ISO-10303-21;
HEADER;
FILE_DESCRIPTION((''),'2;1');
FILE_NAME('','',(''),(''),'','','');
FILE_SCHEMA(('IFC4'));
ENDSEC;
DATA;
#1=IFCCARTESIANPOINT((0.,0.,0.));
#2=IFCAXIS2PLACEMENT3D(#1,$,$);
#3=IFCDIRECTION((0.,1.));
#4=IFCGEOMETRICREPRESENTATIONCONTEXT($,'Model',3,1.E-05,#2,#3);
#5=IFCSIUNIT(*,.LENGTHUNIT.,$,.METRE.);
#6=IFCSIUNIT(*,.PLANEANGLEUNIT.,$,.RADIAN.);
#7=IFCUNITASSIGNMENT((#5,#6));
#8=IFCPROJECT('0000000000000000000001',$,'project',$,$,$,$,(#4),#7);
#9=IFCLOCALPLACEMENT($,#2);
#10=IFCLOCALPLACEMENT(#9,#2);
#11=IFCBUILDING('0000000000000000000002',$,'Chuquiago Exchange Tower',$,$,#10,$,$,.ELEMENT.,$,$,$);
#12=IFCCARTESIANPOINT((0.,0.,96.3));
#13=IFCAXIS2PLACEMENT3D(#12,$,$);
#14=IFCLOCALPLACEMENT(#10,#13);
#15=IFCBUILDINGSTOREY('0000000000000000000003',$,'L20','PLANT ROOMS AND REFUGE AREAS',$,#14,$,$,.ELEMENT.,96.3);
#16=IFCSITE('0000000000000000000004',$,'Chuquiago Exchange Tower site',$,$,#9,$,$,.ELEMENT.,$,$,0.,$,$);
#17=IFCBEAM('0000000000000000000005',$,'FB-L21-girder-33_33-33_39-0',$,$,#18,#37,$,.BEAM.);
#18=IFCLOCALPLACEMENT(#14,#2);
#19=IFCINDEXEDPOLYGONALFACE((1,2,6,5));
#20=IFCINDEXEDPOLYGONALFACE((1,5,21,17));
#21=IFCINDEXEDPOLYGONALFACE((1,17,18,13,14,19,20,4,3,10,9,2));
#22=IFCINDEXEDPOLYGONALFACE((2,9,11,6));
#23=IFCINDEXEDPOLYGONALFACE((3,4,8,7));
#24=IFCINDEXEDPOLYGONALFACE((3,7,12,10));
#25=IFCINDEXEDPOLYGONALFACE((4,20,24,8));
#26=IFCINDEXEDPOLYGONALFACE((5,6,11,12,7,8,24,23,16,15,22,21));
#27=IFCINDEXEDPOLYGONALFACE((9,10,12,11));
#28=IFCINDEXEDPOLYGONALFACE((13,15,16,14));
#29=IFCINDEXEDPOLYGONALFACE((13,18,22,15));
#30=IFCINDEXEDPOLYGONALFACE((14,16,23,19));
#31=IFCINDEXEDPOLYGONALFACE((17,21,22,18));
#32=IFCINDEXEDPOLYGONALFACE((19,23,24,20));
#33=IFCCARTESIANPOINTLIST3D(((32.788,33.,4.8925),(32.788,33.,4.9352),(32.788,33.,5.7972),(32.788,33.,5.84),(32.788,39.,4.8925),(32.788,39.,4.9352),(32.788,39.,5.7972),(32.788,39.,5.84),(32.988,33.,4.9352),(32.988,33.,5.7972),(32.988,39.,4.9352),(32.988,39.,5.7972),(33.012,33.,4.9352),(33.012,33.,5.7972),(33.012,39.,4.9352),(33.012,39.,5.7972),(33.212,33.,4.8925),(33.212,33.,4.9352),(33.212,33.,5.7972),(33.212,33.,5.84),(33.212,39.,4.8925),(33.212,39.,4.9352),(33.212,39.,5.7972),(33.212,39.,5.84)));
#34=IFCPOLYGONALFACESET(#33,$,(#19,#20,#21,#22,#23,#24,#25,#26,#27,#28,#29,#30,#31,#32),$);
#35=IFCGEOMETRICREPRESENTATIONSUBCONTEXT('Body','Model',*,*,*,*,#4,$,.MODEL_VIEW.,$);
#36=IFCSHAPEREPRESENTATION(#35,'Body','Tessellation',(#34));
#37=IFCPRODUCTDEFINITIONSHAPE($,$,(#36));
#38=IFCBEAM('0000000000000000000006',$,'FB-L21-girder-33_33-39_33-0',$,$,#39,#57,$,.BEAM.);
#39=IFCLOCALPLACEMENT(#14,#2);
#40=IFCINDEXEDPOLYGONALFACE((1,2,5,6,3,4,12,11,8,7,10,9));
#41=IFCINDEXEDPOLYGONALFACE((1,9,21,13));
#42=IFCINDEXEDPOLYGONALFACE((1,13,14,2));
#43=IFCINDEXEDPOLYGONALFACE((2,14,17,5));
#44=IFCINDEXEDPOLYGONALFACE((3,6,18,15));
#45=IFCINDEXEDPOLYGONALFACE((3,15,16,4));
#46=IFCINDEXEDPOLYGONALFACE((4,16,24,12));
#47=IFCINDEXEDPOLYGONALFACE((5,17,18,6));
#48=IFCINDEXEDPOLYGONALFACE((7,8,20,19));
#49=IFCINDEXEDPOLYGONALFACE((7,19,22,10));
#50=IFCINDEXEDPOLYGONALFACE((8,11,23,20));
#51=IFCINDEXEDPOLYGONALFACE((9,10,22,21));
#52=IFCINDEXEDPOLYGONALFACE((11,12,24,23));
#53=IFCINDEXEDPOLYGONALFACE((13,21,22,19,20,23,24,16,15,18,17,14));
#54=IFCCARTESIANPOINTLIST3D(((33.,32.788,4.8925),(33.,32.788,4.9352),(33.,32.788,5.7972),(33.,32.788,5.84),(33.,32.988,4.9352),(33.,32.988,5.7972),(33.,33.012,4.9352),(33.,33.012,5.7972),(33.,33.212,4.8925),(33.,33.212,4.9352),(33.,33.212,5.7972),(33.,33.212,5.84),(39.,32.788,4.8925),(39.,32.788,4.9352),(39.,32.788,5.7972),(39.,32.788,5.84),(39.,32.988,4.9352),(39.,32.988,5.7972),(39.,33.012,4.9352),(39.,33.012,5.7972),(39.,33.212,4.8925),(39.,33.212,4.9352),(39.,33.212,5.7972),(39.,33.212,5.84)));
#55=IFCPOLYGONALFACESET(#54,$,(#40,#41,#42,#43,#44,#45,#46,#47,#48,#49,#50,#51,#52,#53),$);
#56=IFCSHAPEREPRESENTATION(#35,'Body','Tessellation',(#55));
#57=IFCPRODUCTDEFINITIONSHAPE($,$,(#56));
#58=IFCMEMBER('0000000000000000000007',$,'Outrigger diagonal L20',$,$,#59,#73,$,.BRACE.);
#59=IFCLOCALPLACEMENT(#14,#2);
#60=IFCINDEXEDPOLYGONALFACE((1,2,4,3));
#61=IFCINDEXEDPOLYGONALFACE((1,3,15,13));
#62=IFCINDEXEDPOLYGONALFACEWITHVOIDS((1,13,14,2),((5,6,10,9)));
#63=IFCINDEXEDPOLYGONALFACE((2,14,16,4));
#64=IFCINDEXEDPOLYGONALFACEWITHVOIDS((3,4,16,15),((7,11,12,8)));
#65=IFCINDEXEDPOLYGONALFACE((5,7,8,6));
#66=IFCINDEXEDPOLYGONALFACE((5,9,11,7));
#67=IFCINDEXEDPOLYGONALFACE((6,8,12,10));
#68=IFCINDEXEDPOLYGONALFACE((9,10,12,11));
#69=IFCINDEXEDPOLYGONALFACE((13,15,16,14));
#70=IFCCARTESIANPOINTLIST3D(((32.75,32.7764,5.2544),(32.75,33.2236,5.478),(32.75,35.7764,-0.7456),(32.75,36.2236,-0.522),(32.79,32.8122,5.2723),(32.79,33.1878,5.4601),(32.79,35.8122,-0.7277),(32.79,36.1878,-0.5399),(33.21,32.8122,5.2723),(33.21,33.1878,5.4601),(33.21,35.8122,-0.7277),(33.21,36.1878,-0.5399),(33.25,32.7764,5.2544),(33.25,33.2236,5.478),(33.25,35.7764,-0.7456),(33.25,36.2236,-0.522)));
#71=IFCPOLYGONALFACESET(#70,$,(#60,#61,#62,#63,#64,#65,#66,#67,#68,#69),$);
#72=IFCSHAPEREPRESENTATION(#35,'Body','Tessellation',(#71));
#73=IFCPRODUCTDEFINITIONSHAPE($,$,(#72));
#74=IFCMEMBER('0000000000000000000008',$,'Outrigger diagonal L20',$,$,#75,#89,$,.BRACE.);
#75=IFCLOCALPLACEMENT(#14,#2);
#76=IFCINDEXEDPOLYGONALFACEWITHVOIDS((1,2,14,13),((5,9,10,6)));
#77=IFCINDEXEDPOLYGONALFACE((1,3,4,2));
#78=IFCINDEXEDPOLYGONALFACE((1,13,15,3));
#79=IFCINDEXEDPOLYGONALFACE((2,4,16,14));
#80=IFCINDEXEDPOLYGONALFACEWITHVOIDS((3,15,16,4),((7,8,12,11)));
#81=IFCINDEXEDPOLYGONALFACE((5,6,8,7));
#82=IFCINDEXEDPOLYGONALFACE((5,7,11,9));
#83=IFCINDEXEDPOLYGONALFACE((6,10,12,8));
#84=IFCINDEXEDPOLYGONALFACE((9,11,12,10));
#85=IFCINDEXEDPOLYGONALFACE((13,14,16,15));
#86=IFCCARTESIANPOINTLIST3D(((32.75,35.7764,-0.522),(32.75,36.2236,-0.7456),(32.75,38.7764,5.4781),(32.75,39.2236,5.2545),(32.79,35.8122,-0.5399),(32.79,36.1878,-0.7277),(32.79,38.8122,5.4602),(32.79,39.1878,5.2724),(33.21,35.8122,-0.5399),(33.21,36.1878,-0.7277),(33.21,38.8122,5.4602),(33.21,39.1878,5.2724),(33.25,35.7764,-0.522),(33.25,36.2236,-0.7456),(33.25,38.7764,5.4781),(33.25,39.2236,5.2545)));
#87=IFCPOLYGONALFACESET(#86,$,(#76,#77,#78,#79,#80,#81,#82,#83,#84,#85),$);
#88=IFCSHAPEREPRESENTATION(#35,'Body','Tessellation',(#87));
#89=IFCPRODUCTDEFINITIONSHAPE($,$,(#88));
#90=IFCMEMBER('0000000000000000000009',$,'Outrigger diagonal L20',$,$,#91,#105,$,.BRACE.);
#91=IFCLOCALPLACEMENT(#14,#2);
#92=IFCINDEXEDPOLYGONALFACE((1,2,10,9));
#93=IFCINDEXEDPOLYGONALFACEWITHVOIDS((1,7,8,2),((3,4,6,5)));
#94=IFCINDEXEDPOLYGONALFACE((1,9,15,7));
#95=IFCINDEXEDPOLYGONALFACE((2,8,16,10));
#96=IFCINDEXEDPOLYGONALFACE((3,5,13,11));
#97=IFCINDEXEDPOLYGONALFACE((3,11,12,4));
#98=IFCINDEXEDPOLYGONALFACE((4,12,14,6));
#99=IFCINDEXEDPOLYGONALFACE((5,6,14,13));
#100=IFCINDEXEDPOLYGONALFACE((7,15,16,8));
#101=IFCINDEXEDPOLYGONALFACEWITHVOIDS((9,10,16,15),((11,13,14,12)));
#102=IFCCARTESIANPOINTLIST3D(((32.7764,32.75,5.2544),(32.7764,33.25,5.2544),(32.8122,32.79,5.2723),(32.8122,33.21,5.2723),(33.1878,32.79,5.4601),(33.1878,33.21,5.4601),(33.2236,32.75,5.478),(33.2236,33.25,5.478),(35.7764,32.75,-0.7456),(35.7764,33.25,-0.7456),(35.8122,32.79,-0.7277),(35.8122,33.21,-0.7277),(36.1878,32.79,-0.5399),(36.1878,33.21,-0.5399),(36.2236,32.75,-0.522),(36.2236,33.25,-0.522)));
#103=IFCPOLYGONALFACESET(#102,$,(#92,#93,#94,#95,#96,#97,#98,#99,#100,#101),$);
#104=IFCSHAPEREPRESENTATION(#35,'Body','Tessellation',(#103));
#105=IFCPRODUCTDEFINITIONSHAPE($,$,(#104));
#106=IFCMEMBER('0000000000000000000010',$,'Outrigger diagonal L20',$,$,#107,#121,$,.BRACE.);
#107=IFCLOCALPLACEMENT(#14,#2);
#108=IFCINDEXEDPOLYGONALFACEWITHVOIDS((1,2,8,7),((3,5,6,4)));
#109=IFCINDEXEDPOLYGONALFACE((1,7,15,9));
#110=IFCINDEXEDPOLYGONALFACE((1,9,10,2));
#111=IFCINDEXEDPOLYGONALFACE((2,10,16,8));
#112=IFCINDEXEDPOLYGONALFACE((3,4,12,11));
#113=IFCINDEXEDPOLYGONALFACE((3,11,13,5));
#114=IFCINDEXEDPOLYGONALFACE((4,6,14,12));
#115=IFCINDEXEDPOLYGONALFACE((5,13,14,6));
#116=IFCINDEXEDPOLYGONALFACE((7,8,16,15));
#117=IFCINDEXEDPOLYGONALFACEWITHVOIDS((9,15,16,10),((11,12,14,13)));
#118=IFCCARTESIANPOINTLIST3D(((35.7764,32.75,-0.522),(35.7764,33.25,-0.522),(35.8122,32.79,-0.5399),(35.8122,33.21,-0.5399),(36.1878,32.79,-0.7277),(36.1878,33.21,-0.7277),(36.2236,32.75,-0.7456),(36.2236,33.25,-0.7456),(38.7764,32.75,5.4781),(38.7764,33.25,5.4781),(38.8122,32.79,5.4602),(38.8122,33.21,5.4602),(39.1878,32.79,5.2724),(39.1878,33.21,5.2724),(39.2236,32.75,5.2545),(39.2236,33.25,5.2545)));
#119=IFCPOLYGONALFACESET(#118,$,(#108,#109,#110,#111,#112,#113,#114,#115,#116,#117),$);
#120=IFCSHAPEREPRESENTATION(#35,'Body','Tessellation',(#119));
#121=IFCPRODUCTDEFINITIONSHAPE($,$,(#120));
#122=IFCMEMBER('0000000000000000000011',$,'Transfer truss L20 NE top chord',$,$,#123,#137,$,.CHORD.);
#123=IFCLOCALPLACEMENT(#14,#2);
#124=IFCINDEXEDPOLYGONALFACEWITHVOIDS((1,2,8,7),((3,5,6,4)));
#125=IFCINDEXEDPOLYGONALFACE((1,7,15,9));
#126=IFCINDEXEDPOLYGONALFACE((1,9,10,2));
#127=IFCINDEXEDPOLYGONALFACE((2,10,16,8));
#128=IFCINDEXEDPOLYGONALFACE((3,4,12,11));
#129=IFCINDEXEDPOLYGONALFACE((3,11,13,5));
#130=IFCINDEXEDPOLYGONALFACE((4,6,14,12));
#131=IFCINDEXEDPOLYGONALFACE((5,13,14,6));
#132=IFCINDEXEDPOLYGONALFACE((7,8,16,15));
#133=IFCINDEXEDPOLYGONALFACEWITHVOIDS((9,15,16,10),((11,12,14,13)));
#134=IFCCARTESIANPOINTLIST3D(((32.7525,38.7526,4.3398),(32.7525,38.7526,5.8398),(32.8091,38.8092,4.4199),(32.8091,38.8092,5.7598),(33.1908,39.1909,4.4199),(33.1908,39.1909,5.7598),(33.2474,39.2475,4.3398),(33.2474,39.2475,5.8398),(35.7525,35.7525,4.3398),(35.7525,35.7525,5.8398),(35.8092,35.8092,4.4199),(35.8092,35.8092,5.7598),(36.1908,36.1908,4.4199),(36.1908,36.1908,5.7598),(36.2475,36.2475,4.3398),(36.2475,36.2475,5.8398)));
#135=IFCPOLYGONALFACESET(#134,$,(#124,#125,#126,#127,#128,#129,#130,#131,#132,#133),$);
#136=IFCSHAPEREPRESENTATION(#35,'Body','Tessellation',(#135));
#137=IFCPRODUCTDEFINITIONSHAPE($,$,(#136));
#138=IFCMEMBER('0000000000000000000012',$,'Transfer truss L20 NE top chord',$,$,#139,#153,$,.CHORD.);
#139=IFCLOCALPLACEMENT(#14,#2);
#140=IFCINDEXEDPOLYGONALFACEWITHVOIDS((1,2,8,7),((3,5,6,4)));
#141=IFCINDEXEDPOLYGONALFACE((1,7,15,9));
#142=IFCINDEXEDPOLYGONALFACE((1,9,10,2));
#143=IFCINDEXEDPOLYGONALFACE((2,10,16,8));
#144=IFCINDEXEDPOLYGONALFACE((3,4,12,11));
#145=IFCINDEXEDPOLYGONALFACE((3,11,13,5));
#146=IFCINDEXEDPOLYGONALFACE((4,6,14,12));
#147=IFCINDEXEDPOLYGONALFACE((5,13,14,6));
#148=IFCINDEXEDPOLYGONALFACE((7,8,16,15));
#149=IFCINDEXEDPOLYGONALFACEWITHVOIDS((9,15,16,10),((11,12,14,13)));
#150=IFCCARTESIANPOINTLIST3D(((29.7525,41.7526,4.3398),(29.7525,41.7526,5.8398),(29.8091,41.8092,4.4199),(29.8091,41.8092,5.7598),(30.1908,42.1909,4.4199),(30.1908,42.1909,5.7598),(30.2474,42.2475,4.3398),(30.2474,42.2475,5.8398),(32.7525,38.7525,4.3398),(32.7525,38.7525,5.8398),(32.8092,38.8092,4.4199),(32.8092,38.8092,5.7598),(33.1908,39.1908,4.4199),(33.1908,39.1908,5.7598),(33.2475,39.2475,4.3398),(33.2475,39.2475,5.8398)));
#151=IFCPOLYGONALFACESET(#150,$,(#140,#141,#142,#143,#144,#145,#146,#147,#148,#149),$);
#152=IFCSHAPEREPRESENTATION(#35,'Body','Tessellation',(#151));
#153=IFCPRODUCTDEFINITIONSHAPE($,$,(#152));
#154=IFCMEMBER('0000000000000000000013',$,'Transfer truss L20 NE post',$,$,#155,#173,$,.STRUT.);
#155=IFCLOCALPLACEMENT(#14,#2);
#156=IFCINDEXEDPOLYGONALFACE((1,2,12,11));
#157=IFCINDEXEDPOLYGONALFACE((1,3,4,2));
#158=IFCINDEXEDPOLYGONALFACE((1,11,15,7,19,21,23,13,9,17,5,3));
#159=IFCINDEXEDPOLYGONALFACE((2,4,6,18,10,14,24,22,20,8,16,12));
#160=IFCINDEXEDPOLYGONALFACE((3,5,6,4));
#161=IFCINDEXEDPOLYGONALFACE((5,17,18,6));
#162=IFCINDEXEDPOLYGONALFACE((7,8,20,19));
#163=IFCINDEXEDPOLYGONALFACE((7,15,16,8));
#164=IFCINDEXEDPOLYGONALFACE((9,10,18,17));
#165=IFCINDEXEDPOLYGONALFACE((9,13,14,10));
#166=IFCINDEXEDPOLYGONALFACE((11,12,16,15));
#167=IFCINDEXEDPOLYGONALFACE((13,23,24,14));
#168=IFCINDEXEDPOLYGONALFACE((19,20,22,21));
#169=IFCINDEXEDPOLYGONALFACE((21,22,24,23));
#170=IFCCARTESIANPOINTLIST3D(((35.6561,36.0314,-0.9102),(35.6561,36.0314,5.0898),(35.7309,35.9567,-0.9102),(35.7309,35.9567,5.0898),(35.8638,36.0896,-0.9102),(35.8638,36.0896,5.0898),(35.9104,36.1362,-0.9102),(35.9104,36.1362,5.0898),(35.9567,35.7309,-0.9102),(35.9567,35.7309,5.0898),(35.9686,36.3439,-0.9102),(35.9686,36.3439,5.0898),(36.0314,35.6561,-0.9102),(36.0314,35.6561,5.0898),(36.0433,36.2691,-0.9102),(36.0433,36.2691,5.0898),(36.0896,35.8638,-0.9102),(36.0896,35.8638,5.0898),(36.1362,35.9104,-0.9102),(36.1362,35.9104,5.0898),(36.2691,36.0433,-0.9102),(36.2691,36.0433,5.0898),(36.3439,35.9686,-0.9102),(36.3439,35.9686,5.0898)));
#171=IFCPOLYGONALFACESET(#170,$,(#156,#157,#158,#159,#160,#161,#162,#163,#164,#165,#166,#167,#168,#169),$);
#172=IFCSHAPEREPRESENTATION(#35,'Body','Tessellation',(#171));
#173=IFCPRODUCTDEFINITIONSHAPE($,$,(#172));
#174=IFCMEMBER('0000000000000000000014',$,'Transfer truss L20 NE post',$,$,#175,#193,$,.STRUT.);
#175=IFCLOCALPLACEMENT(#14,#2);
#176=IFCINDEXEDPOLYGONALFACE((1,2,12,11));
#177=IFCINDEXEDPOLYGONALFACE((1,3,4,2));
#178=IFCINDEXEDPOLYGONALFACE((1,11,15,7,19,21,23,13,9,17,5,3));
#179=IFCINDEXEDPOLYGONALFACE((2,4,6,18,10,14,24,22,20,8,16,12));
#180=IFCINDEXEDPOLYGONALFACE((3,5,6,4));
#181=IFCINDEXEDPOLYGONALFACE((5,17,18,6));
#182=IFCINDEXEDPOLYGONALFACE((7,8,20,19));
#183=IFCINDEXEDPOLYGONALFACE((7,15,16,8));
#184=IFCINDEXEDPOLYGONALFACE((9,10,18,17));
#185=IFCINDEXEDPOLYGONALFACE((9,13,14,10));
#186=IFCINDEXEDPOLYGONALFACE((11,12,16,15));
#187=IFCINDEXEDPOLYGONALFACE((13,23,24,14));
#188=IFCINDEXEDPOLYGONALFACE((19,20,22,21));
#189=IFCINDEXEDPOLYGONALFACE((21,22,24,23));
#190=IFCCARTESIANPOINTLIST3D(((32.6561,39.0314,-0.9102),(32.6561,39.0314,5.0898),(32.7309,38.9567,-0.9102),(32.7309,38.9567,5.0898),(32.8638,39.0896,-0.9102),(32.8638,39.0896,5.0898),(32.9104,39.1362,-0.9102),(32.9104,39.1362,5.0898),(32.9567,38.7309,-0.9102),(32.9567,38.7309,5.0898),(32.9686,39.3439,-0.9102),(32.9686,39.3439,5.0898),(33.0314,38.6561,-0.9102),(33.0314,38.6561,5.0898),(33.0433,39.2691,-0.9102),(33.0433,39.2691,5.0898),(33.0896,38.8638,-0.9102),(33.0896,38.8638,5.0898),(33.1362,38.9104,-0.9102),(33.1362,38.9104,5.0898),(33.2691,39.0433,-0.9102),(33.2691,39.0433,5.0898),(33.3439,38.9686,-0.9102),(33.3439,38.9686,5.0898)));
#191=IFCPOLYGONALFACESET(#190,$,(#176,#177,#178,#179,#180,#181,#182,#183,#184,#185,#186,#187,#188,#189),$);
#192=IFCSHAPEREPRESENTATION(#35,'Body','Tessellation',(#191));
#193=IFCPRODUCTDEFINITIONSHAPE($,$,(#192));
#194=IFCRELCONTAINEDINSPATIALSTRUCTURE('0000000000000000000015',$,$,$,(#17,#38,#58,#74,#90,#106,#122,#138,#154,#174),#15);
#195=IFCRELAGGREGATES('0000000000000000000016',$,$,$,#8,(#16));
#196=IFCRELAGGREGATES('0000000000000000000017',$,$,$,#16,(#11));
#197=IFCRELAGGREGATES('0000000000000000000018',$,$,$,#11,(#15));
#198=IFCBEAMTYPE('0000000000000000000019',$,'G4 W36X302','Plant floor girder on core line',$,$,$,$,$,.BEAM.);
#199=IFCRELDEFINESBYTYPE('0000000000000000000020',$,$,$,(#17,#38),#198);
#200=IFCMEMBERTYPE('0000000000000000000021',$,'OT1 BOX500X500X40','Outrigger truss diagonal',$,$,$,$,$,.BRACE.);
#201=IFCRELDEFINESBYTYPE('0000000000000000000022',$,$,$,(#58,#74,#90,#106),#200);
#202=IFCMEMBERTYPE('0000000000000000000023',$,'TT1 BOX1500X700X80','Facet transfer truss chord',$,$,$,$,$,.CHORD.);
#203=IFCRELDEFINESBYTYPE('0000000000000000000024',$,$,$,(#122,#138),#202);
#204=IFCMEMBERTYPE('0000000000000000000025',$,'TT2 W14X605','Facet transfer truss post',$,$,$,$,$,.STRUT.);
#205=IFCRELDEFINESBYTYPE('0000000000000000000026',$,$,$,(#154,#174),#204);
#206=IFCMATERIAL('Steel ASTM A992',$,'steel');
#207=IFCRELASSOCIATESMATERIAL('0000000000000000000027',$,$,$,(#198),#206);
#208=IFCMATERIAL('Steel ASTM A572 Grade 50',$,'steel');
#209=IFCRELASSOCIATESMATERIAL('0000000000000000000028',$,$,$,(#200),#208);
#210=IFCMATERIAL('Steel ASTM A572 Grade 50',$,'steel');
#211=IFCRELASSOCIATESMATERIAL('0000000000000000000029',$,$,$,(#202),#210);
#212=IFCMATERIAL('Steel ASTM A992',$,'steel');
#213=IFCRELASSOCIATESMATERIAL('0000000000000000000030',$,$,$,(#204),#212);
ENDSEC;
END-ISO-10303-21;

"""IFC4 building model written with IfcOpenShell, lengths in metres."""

from ifc_helpers import new_model, si_unit, direction, frame, origin, origin_2d, place, context, subcontext, project, spatial, hollow_rectangle, i_section, extrude, material, material_profile, profile_set, type_object, element, save


model = new_model("IFC4")

# Units and contexts
model_context = context("Model", 3, precision=1e-05, world=origin(), true_north=direction((0.0, 1.0)))
body_context = subcontext(model_context, "Body", "Model", "MODEL_VIEW")
ifc_project = project(units=[si_unit("LENGTHUNIT", "METRE"), si_unit("PLANEANGLEUNIT", "RADIAN")], contexts=[model_context])

# Site, building, storey
site_placement = place(None, origin())
site = spatial("IfcSite", under=ifc_project, at=site_placement, Name="Chuquiago Exchange Tower site", CompositionType="ELEMENT", RefElevation=0.0)
building_placement = place(site_placement, origin())
building = spatial("IfcBuilding", under=site, at=building_placement, Name="Chuquiago Exchange Tower", CompositionType="ELEMENT")
storey_placement = place(building_placement, frame((0.0, 0.0, 96.3)))
storey = spatial("IfcBuildingStorey", under=building, at=storey_placement, Name="L20", Description="PLANT ROOMS AND REFUGE AREAS", CompositionType="ELEMENT", Elevation=96.3)

# Beams
ifc_material_1 = material(Name="Steel ASTM A992", Category="steel")
ifc_material_profile_1 = material_profile(ifc_material_1, i_section(OverallWidth=0.4241, OverallDepth=0.9475, WebThickness=0.0239, FlangeThickness=0.0427, at=origin_2d()), Name="W36X302")
ifc_profile_set_1 = profile_set([ifc_material_profile_1], Name="Steel ASTM A992")
beam_type_1 = type_object("IfcBeamType", Name="G4 W36X302", Description="Plant floor girder on core line", PredefinedType="BEAM", material=ifc_profile_set_1)
for number, where, z_axis, x_axis, name in (
    (1, (33.0, 33.0, 5.3662), (0.0, 1.0, 0.0), (-1.0, 0.0, 0.0), "FB-L21-girder-33_33-33_39-0"),
    (2, (33.0, 33.0, 5.3662), (1.0, 0.0, 0.0), (0.0, 1.0, 0.0), "FB-L21-girder-33_33-39_33-0"),
):
    element("IfcBeam", number, at=place(storey_placement, frame(where, z_axis=z_axis, x_axis=x_axis)), inside=storey, type_object=beam_type_1, Name=name, PredefinedType="BEAM", context=body_context, shape_type="SweptSolid", body=[
        extrude(i_section(OverallWidth=0.4241, OverallDepth=0.9475, WebThickness=0.0239, FlangeThickness=0.0427, at=origin_2d()), origin(), (0.0, 0.0, 1.0), 6.0),
    ])

# Members
ifc_material_2 = material(Name="Steel ASTM A572 Grade 50", Category="steel")
ifc_material_profile_2 = material_profile(ifc_material_2, hollow_rectangle(XDim=0.5, YDim=0.5, WallThickness=0.04, at=origin_2d()), Name="BOX500X500X40")
ifc_profile_set_2 = profile_set([ifc_material_profile_2], Name="Steel ASTM A572 Grade 50")
member_type_1 = type_object("IfcMemberType", Name="OT1 BOX500X500X40", Description="Outrigger truss diagonal", PredefinedType="BRACE", material=ifc_profile_set_2)
for number, where, z_axis, x_axis, name in (
    (3, (33.0, 33.0, 5.3662), (0.0, 0.447214, -0.894427), (-1.0, 0.0, 0.0), "Outrigger diagonal L20"),
    (4, (33.0, 36.0, -0.6338), (0.0, 0.447214, 0.894427), (-1.0, 0.0, 0.0), "Outrigger diagonal L20"),
    (5, (33.0, 33.0, 5.3662), (0.447214, 0.0, -0.894427), (0.0, 1.0, 0.0), "Outrigger diagonal L20"),
    (6, (36.0, 33.0, -0.6338), (0.447214, 0.0, 0.894427), (0.0, 1.0, 0.0), "Outrigger diagonal L20"),
):
    element("IfcMember", number, at=place(storey_placement, frame(where, z_axis=z_axis, x_axis=x_axis)), inside=storey, type_object=member_type_1, Name=name, PredefinedType="BRACE", context=body_context, shape_type="SweptSolid", body=[
        extrude(hollow_rectangle(XDim=0.5, YDim=0.5, WallThickness=0.04, at=origin_2d()), origin(), (0.0, 0.0, 1.0), 6.7083),
    ])
ifc_material_3 = material(Name="Steel ASTM A572 Grade 50", Category="steel")
ifc_material_profile_3 = material_profile(ifc_material_3, hollow_rectangle(XDim=0.7, YDim=1.5, WallThickness=0.0801, at=origin_2d()), Name="BOX1500X700X80")
ifc_profile_set_3 = profile_set([ifc_material_profile_3], Name="Steel ASTM A572 Grade 50")
member_type_2 = type_object("IfcMemberType", Name="TT1 BOX1500X700X80", Description="Facet transfer truss chord", PredefinedType="CHORD", material=ifc_profile_set_3)
for number, where, z_axis, x_axis, name in (
    (7, (36.0, 36.0, 5.0898), (-0.707107, 0.707107, 0.0), (-0.707107, -0.707107, 0.0), "Transfer truss L20 NE top chord"),
    (8, (33.0, 39.0, 5.0898), (-0.707107, 0.707107, 0.0), (-0.707107, -0.707107, 0.0), "Transfer truss L20 NE top chord"),
):
    element("IfcMember", number, at=place(storey_placement, frame(where, z_axis=z_axis, x_axis=x_axis)), inside=storey, type_object=member_type_2, Name=name, PredefinedType="CHORD", context=body_context, shape_type="SweptSolid", body=[
        extrude(hollow_rectangle(XDim=0.7, YDim=1.5, WallThickness=0.0801, at=origin_2d()), origin(), (0.0, 0.0, 1.0), 4.2427),
    ])
ifc_material_4 = material(Name="Steel ASTM A992", Category="steel")
ifc_material_profile_4 = material_profile(ifc_material_4, i_section(OverallWidth=0.4419, OverallDepth=0.5308, WebThickness=0.0659, FlangeThickness=0.1057, at=origin_2d()), Name="W14X605")
ifc_profile_set_4 = profile_set([ifc_material_profile_4], Name="Steel ASTM A992")
member_type_3 = type_object("IfcMemberType", Name="TT2 W14X605", Description="Facet transfer truss post", PredefinedType="STRUT", material=ifc_profile_set_4)
for number, where, z_axis, x_axis, name in (
    (9, (36.0, 36.0, -0.9102), (0.0, 0.0, 1.0), (0.707107, 0.707107, 0.0), "Transfer truss L20 NE post"),
    (10, (33.0, 39.0, -0.9102), (0.0, 0.0, 1.0), (0.707107, 0.707107, 0.0), "Transfer truss L20 NE post"),
):
    element("IfcMember", number, at=place(storey_placement, frame(where, z_axis=z_axis, x_axis=x_axis)), inside=storey, type_object=member_type_3, Name=name, PredefinedType="STRUT", context=body_context, shape_type="SweptSolid", body=[
        extrude(i_section(OverallWidth=0.4419, OverallDepth=0.5308, WebThickness=0.0659, FlangeThickness=0.1057, at=origin_2d()), origin(), (0.0, 0.0, 1.0), 6.0),
    ])

save(model, "model.ifc")
